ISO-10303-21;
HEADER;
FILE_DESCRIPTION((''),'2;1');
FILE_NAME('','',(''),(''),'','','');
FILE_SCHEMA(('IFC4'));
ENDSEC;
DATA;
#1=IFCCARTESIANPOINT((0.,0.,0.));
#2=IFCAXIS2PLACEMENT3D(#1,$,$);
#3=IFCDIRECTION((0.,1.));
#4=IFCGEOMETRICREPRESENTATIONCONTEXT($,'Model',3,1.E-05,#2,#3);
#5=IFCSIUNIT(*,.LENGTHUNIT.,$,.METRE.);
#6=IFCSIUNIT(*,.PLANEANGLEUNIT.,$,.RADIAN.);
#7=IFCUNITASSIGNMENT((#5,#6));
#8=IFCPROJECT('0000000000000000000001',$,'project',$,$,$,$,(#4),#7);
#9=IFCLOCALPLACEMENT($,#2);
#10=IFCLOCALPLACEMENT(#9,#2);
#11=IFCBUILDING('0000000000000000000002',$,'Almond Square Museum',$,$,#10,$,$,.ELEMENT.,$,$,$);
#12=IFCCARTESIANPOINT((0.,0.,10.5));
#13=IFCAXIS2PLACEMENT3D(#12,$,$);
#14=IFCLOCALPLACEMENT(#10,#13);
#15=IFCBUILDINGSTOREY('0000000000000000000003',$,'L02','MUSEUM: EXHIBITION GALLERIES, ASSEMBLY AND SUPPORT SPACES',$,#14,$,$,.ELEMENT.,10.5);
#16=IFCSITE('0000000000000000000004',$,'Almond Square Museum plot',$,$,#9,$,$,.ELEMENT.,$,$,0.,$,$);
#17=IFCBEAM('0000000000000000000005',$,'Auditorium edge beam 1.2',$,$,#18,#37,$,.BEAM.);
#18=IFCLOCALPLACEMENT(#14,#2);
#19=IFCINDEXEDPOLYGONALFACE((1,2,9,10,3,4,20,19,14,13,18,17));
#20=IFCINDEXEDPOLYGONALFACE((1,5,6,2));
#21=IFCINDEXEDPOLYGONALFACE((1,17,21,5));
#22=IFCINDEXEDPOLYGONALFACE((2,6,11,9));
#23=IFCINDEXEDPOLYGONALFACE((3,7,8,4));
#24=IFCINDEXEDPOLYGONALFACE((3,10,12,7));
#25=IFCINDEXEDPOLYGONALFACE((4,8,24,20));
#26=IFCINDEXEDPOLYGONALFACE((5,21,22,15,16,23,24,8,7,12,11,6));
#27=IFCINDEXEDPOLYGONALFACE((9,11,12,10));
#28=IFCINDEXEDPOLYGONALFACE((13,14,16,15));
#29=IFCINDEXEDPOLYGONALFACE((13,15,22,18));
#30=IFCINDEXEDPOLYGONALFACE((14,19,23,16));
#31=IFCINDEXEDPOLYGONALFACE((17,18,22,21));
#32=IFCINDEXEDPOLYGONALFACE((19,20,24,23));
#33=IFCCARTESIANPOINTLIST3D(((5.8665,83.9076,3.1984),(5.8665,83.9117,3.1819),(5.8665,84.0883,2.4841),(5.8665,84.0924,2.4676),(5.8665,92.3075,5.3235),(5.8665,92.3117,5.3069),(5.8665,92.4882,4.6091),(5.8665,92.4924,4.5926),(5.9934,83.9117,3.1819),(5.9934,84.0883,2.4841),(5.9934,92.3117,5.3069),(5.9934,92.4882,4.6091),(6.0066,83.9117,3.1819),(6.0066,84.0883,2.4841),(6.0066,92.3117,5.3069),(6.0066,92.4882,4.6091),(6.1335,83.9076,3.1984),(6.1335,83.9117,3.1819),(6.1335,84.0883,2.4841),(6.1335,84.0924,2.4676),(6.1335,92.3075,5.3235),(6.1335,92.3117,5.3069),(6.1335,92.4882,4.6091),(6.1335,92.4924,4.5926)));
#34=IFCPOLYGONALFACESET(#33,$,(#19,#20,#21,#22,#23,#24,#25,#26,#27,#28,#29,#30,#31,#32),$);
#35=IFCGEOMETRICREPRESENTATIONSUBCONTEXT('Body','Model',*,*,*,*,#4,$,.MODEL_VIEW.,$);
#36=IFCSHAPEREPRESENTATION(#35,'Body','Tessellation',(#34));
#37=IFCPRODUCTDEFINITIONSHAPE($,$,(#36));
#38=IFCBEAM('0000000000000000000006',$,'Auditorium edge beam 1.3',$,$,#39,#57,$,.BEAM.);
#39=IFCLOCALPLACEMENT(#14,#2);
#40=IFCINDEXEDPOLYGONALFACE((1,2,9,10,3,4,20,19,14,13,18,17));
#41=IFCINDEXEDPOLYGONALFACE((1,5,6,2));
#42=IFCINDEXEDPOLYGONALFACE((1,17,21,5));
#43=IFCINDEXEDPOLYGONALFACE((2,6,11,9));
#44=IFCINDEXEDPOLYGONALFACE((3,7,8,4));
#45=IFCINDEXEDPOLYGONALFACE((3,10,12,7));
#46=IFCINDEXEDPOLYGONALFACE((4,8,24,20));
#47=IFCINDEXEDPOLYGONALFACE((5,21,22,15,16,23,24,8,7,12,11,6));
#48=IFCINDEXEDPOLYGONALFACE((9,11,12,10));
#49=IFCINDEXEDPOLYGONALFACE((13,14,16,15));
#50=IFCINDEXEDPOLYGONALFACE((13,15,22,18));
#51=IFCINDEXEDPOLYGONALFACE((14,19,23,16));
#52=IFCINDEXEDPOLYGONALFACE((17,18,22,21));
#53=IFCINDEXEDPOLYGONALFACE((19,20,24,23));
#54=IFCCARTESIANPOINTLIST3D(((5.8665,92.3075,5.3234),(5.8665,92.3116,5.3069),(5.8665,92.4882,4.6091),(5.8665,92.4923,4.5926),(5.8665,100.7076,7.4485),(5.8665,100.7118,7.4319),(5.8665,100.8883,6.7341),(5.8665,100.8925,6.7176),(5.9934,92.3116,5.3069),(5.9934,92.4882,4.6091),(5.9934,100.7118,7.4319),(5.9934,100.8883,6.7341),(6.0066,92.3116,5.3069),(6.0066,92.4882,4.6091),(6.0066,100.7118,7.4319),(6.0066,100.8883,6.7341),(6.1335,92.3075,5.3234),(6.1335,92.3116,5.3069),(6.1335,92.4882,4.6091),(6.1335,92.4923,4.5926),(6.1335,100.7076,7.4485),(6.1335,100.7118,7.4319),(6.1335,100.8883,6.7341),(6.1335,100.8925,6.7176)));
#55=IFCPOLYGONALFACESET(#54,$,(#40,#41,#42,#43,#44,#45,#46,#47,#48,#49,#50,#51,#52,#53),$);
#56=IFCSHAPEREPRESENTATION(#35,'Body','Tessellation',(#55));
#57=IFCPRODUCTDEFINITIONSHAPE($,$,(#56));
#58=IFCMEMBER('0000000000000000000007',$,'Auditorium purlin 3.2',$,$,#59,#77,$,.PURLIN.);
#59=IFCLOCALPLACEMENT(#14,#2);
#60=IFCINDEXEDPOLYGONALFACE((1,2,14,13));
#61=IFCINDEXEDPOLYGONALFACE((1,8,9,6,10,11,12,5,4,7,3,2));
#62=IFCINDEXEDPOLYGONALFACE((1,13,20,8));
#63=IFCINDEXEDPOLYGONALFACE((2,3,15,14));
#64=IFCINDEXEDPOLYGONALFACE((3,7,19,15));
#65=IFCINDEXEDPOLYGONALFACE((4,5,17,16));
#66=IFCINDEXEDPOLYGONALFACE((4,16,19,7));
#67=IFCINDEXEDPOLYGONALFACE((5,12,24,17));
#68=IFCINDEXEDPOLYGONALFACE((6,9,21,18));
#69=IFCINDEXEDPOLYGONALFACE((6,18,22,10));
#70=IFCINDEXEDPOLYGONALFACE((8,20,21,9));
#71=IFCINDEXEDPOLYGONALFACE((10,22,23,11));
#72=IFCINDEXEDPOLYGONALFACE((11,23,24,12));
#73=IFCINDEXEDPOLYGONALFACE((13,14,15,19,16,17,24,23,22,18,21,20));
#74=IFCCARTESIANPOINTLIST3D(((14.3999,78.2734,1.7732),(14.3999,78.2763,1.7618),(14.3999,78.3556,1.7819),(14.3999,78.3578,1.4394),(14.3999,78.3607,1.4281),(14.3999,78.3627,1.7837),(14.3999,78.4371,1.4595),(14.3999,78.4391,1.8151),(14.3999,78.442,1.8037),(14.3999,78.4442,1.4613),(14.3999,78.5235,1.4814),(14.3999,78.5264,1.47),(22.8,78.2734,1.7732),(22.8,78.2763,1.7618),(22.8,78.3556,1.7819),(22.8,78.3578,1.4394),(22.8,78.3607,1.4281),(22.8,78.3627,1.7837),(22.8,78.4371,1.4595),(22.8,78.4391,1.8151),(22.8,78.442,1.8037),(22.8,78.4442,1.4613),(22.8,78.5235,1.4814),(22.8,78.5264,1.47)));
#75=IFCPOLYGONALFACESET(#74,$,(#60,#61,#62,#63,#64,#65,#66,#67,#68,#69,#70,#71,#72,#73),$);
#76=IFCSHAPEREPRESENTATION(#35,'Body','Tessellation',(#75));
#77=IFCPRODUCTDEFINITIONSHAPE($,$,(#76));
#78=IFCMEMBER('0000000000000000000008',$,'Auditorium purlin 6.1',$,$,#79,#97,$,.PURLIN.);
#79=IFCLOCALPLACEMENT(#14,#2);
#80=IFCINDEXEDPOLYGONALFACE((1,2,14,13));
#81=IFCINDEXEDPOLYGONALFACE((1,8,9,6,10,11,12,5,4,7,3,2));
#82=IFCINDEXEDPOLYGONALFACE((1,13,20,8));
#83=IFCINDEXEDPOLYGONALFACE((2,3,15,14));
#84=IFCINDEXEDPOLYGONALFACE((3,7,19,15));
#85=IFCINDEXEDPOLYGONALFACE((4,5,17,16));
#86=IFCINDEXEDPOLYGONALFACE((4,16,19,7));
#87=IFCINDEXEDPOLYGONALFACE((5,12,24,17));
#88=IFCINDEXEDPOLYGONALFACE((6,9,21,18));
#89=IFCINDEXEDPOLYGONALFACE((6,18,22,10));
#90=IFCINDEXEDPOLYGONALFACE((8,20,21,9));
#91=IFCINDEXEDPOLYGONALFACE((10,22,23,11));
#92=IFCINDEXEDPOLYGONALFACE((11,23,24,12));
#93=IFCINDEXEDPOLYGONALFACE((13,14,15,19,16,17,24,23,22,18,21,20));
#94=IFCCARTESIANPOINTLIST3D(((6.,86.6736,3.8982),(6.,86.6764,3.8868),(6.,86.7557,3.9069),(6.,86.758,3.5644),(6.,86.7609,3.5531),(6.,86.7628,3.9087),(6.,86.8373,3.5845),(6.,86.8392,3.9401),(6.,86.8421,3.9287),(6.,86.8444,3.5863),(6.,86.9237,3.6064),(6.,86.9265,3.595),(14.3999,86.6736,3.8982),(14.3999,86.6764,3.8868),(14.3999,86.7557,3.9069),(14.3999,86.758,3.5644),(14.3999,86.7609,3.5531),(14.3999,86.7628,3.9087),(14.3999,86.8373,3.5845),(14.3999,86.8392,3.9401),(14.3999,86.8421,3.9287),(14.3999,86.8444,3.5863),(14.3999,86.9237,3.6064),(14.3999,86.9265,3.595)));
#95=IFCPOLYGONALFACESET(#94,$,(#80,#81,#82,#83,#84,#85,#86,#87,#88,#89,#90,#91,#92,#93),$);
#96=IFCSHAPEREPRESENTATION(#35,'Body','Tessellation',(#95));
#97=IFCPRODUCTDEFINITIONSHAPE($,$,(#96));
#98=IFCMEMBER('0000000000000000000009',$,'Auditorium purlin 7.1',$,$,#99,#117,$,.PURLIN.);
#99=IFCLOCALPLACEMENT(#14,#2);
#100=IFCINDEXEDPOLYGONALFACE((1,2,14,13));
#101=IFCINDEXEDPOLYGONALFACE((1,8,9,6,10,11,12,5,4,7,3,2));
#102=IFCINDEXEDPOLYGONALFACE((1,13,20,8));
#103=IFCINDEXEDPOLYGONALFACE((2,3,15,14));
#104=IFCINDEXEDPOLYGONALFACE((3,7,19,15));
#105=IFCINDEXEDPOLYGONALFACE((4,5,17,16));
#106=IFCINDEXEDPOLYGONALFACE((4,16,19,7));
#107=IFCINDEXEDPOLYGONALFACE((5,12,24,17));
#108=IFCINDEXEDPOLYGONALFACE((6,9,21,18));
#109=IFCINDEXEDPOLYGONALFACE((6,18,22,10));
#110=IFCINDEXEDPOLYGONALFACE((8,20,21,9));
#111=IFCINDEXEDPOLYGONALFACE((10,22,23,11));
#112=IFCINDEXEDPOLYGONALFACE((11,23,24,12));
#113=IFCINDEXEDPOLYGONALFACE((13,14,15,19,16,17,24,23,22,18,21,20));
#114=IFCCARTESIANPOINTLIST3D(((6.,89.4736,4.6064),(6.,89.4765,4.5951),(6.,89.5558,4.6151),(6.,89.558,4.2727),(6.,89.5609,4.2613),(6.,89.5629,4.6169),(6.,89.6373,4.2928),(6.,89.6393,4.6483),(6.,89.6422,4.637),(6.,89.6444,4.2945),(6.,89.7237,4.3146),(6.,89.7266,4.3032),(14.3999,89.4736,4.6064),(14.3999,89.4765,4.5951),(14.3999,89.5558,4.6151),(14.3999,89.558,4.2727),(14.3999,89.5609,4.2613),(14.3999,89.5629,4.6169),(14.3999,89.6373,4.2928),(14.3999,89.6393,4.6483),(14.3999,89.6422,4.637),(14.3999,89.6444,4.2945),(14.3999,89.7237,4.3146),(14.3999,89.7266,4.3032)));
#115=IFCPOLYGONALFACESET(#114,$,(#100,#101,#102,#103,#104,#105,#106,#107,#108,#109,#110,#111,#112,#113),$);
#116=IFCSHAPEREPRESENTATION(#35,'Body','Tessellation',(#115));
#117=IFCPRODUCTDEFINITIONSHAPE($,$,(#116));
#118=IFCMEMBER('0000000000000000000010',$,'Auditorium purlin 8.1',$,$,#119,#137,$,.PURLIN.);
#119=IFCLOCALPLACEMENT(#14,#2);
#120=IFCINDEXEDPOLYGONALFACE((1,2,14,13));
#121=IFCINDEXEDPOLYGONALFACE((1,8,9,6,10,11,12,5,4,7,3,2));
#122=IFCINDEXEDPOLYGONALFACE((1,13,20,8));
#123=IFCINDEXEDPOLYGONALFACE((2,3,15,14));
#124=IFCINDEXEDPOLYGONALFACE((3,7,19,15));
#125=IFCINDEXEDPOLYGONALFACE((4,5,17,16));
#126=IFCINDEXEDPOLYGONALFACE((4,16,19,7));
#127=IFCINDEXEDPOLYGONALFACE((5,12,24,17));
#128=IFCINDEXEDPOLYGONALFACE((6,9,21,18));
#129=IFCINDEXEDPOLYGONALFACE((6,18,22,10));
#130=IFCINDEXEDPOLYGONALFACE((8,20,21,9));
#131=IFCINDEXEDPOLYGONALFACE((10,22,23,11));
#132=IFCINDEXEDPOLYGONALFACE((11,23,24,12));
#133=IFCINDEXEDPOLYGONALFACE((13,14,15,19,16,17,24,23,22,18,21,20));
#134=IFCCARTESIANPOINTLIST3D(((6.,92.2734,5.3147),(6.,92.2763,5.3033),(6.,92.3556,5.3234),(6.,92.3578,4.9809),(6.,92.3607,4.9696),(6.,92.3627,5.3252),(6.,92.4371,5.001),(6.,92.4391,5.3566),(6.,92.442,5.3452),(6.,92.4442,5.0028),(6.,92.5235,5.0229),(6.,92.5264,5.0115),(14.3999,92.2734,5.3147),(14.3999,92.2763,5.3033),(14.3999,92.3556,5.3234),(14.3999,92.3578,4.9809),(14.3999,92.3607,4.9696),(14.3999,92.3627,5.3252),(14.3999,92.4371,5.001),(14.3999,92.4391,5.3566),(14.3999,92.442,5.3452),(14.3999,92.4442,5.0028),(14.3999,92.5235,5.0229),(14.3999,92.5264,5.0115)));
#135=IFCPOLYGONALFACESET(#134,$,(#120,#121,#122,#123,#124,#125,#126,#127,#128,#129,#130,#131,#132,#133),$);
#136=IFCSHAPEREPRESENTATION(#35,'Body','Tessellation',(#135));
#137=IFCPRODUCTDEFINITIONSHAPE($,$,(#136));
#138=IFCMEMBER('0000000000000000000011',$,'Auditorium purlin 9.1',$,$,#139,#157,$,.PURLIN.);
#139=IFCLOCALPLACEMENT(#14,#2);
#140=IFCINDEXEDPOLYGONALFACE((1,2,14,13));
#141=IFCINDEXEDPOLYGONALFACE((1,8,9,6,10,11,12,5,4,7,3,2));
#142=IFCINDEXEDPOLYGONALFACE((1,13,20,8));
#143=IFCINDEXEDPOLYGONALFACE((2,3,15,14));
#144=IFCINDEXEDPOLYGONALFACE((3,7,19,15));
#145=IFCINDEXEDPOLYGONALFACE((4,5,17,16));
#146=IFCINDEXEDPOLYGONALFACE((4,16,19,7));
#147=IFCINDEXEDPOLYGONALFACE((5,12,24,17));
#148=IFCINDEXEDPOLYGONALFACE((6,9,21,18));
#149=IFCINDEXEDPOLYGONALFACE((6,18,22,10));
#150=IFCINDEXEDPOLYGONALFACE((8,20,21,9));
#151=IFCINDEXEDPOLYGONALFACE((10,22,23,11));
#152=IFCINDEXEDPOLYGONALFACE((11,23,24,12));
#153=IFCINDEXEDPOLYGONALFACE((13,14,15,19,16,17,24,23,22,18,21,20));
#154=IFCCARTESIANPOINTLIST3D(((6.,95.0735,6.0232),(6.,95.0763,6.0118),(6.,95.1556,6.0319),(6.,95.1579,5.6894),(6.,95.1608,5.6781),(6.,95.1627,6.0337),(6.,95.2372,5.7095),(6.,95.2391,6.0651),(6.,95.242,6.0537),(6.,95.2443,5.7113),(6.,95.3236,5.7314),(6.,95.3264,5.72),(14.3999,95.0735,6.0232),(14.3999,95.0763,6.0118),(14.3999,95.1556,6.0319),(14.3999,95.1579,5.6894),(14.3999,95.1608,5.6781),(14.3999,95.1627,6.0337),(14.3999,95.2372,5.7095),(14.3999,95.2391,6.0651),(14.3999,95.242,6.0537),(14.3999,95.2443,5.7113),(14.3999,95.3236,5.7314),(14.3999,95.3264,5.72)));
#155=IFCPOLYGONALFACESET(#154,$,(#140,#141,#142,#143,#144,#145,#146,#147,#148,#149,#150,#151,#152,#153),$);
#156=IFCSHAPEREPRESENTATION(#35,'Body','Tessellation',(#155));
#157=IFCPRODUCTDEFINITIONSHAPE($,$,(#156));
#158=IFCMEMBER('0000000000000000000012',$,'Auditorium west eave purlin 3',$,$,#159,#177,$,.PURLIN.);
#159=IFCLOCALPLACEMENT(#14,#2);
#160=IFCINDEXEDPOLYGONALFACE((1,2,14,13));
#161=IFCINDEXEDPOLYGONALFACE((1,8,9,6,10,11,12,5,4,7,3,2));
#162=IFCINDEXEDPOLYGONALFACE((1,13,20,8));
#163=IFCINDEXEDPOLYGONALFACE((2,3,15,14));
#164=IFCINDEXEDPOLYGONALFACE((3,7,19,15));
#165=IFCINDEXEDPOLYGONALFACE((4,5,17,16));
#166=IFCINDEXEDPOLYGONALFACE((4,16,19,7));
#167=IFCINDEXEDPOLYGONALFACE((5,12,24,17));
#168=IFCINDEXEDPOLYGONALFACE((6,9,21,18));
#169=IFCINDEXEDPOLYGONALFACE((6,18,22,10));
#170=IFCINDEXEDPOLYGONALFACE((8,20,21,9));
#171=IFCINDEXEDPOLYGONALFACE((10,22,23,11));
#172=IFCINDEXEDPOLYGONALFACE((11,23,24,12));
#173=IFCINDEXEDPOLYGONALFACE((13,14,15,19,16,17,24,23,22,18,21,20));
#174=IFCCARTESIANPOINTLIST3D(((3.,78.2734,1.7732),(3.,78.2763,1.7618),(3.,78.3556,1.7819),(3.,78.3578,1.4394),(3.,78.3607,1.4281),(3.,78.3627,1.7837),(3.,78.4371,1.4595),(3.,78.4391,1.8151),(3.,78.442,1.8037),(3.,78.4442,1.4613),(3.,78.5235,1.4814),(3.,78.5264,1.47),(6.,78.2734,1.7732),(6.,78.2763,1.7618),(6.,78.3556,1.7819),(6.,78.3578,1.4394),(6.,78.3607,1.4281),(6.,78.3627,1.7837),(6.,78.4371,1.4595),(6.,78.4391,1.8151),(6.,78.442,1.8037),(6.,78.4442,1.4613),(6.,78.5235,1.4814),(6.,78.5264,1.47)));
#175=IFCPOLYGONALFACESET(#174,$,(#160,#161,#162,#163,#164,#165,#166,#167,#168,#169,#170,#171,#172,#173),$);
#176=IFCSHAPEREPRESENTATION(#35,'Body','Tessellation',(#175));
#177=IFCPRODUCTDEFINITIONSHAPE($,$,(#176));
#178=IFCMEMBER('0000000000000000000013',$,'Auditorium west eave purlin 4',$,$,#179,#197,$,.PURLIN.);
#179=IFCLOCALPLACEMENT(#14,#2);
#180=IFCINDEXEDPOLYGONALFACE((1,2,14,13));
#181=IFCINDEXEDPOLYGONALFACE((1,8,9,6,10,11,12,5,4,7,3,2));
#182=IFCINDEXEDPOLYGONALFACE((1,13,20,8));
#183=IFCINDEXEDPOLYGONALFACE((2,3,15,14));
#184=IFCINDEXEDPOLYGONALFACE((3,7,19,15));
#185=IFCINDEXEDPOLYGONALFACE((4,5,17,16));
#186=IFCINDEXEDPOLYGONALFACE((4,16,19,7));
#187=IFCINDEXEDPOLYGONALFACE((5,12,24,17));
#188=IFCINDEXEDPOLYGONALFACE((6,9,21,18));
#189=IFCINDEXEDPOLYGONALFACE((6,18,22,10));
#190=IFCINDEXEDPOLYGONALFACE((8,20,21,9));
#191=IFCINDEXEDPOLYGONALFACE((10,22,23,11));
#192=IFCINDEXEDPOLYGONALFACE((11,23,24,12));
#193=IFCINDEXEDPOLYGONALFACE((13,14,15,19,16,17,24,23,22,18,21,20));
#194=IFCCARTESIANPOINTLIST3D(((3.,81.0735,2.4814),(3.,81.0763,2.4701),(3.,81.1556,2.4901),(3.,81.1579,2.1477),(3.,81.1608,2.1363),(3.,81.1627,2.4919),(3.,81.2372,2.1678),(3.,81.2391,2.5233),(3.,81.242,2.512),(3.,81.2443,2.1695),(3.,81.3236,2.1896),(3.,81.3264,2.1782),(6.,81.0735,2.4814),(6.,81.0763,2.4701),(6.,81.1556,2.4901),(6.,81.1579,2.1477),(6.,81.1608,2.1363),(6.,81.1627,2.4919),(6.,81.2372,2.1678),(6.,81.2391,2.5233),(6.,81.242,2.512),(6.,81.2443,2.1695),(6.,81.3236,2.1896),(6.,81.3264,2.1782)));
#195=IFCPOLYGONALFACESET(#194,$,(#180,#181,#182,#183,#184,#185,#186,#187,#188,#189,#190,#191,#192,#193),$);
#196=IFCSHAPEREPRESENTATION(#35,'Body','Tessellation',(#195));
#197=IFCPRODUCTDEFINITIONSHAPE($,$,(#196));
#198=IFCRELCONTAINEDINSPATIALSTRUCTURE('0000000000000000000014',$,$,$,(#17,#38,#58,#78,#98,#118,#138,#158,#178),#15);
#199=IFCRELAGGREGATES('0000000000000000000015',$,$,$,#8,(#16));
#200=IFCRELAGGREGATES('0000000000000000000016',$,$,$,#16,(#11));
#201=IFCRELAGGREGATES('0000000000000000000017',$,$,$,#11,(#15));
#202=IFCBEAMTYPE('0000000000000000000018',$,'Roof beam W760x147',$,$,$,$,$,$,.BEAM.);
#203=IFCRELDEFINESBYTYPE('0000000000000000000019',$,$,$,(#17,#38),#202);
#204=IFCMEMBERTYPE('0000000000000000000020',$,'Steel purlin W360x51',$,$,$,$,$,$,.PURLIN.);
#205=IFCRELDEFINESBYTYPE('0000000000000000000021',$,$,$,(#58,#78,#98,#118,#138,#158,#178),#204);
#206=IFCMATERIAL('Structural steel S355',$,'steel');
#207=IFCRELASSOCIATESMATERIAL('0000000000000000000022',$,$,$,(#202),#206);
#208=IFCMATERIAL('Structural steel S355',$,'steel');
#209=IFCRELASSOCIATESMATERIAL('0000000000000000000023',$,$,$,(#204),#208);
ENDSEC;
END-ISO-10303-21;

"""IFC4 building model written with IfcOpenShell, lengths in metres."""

from ifc_helpers import new_model, si_unit, direction, frame, origin, origin_2d, place, context, subcontext, project, spatial, i_section, extrude, material, material_profile, profile_set, type_object, element, save


model = new_model("IFC4")

# Units and contexts
model_context = context("Model", 3, precision=1e-05, world=origin(), true_north=direction((0.0, 1.0)))
body_context = subcontext(model_context, "Body", "Model", "MODEL_VIEW")
ifc_project = project(units=[si_unit("LENGTHUNIT", "METRE"), si_unit("PLANEANGLEUNIT", "RADIAN")], contexts=[model_context])

# Site, building, storey
site_placement = place(None, origin())
site = spatial("IfcSite", under=ifc_project, at=site_placement, Name="Almond Square Museum plot", CompositionType="ELEMENT", RefElevation=0.0)
building_placement = place(site_placement, origin())
building = spatial("IfcBuilding", under=site, at=building_placement, Name="Almond Square Museum", CompositionType="ELEMENT")
storey_placement = place(building_placement, frame((0.0, 0.0, 10.5)))
storey = spatial("IfcBuildingStorey", under=building, at=storey_placement, Name="L02", Description="MUSEUM: EXHIBITION GALLERIES, ASSEMBLY AND SUPPORT SPACES", CompositionType="ELEMENT", Elevation=10.5)

# Beams
ifc_material_1 = material(Name="Structural steel S355", Category="steel")
ifc_material_profile_1 = material_profile(ifc_material_1, i_section(OverallWidth=0.2671, OverallDepth=0.7539, WebThickness=0.0132, FlangeThickness=0.0171, at=origin_2d()))
ifc_profile_set_1 = profile_set([ifc_material_profile_1], Name="Structural steel S355")
beam_type = type_object("IfcBeamType", Name="Roof beam W760x147", PredefinedType="BEAM", material=ifc_profile_set_1)
beam_1_placement = place(storey_placement, frame((6.0, 84.0, 2.833), z_axis=(0.0, 0.969459, 0.245253), x_axis=(-1.0, 0.0, 0.0)))
element("IfcBeam", 1, at=beam_1_placement, inside=storey, type_object=beam_type, Name="Auditorium edge beam 1.2", PredefinedType="BEAM", context=body_context, shape_type="SweptSolid", body=[
    extrude(i_section(OverallWidth=0.2671, OverallDepth=0.7539, WebThickness=0.0132, FlangeThickness=0.0171, at=origin_2d()), origin(), (0.0, 0.0, 1.0), 8.6646),
])
beam_2_placement = place(storey_placement, frame((6.0, 92.3999, 4.958), z_axis=(0.0, 0.969461, 0.245246), x_axis=(-1.0, 0.0, 0.0)))
element("IfcBeam", 2, at=beam_2_placement, inside=storey, type_object=beam_type, Name="Auditorium edge beam 1.3", PredefinedType="BEAM", context=body_context, shape_type="SweptSolid", body=[
    extrude(i_section(OverallWidth=0.2671, OverallDepth=0.7539, WebThickness=0.0132, FlangeThickness=0.0171, at=origin_2d()), origin(), (0.0, 0.0, 1.0), 8.6648),
])

# Members
ifc_material_2 = material(Name="Structural steel S355", Category="steel")
ifc_material_profile_2 = material_profile(ifc_material_2, i_section(OverallWidth=0.1709, OverallDepth=0.356, WebThickness=0.0073, FlangeThickness=0.0117, at=origin_2d()))
ifc_profile_set_2 = profile_set([ifc_material_profile_2], Name="Structural steel S355")
member_type_1 = type_object("IfcMemberType", Name="Steel purlin W360x51", PredefinedType="PURLIN", material=ifc_profile_set_2)
member_1_placement = place(storey_placement, frame((14.3999, 78.3999, 1.6216), z_axis=(1.0, 0.0, 0.0), x_axis=(0.0, 0.96946, 0.24525)))
element("IfcMember", 3, at=member_1_placement, inside=storey, type_object=member_type_1, Name="Auditorium purlin 3.2", PredefinedType="PURLIN", context=body_context, shape_type="SweptSolid", body=[
    extrude(i_section(OverallWidth=0.1709, OverallDepth=0.356, WebThickness=0.0073, FlangeThickness=0.0117, at=origin_2d()), origin(), (0.0, 0.0, 1.0), 8.4001),
])
for number, where, z_axis, x_axis, name in (
    (4, (6.0, 86.8, 3.7466), (1.0, 0.0, 0.0), (0.0, 0.96946, 0.24525), "Auditorium purlin 6.1"),
    (5, (6.0, 89.6001, 4.4548), (1.0, 0.0, 0.0), (0.0, 0.96946, 0.24525), "Auditorium purlin 7.1"),
    (6, (6.0, 92.3999, 5.1631), (1.0, 0.0, 0.0), (0.0, 0.96946, 0.24525), "Auditorium purlin 8.1"),
    (7, (6.0, 95.2, 5.8716), (1.0, 0.0, 0.0), (0.0, 0.96946, 0.24525), "Auditorium purlin 9.1"),
):
    element("IfcMember", number, at=place(storey_placement, frame(where, z_axis=z_axis, x_axis=x_axis)), inside=storey, type_object=member_type_1, Name=name, PredefinedType="PURLIN", context=body_context, shape_type="SweptSolid", body=[
        extrude(i_section(OverallWidth=0.1709, OverallDepth=0.356, WebThickness=0.0073, FlangeThickness=0.0117, at=origin_2d()), origin(), (0.0, 0.0, 1.0), 8.3999),
    ])
for number, where, z_axis, x_axis, name in (
    (8, (3.0, 78.3999, 1.6216), (1.0, 0.0, 0.0), (0.0, 0.96946, 0.24525), "Auditorium west eave purlin 3"),
    (9, (3.0, 81.2, 2.3298), (1.0, 0.0, 0.0), (0.0, 0.96946, 0.24525), "Auditorium west eave purlin 4"),
):
    element("IfcMember", number, at=place(storey_placement, frame(where, z_axis=z_axis, x_axis=x_axis)), inside=storey, type_object=member_type_1, Name=name, PredefinedType="PURLIN", context=body_context, shape_type="SweptSolid", body=[
        extrude(i_section(OverallWidth=0.1709, OverallDepth=0.356, WebThickness=0.0073, FlangeThickness=0.0117, at=origin_2d()), origin(), (0.0, 0.0, 1.0), 3.0),
    ])

save(model, "model.ifc")
